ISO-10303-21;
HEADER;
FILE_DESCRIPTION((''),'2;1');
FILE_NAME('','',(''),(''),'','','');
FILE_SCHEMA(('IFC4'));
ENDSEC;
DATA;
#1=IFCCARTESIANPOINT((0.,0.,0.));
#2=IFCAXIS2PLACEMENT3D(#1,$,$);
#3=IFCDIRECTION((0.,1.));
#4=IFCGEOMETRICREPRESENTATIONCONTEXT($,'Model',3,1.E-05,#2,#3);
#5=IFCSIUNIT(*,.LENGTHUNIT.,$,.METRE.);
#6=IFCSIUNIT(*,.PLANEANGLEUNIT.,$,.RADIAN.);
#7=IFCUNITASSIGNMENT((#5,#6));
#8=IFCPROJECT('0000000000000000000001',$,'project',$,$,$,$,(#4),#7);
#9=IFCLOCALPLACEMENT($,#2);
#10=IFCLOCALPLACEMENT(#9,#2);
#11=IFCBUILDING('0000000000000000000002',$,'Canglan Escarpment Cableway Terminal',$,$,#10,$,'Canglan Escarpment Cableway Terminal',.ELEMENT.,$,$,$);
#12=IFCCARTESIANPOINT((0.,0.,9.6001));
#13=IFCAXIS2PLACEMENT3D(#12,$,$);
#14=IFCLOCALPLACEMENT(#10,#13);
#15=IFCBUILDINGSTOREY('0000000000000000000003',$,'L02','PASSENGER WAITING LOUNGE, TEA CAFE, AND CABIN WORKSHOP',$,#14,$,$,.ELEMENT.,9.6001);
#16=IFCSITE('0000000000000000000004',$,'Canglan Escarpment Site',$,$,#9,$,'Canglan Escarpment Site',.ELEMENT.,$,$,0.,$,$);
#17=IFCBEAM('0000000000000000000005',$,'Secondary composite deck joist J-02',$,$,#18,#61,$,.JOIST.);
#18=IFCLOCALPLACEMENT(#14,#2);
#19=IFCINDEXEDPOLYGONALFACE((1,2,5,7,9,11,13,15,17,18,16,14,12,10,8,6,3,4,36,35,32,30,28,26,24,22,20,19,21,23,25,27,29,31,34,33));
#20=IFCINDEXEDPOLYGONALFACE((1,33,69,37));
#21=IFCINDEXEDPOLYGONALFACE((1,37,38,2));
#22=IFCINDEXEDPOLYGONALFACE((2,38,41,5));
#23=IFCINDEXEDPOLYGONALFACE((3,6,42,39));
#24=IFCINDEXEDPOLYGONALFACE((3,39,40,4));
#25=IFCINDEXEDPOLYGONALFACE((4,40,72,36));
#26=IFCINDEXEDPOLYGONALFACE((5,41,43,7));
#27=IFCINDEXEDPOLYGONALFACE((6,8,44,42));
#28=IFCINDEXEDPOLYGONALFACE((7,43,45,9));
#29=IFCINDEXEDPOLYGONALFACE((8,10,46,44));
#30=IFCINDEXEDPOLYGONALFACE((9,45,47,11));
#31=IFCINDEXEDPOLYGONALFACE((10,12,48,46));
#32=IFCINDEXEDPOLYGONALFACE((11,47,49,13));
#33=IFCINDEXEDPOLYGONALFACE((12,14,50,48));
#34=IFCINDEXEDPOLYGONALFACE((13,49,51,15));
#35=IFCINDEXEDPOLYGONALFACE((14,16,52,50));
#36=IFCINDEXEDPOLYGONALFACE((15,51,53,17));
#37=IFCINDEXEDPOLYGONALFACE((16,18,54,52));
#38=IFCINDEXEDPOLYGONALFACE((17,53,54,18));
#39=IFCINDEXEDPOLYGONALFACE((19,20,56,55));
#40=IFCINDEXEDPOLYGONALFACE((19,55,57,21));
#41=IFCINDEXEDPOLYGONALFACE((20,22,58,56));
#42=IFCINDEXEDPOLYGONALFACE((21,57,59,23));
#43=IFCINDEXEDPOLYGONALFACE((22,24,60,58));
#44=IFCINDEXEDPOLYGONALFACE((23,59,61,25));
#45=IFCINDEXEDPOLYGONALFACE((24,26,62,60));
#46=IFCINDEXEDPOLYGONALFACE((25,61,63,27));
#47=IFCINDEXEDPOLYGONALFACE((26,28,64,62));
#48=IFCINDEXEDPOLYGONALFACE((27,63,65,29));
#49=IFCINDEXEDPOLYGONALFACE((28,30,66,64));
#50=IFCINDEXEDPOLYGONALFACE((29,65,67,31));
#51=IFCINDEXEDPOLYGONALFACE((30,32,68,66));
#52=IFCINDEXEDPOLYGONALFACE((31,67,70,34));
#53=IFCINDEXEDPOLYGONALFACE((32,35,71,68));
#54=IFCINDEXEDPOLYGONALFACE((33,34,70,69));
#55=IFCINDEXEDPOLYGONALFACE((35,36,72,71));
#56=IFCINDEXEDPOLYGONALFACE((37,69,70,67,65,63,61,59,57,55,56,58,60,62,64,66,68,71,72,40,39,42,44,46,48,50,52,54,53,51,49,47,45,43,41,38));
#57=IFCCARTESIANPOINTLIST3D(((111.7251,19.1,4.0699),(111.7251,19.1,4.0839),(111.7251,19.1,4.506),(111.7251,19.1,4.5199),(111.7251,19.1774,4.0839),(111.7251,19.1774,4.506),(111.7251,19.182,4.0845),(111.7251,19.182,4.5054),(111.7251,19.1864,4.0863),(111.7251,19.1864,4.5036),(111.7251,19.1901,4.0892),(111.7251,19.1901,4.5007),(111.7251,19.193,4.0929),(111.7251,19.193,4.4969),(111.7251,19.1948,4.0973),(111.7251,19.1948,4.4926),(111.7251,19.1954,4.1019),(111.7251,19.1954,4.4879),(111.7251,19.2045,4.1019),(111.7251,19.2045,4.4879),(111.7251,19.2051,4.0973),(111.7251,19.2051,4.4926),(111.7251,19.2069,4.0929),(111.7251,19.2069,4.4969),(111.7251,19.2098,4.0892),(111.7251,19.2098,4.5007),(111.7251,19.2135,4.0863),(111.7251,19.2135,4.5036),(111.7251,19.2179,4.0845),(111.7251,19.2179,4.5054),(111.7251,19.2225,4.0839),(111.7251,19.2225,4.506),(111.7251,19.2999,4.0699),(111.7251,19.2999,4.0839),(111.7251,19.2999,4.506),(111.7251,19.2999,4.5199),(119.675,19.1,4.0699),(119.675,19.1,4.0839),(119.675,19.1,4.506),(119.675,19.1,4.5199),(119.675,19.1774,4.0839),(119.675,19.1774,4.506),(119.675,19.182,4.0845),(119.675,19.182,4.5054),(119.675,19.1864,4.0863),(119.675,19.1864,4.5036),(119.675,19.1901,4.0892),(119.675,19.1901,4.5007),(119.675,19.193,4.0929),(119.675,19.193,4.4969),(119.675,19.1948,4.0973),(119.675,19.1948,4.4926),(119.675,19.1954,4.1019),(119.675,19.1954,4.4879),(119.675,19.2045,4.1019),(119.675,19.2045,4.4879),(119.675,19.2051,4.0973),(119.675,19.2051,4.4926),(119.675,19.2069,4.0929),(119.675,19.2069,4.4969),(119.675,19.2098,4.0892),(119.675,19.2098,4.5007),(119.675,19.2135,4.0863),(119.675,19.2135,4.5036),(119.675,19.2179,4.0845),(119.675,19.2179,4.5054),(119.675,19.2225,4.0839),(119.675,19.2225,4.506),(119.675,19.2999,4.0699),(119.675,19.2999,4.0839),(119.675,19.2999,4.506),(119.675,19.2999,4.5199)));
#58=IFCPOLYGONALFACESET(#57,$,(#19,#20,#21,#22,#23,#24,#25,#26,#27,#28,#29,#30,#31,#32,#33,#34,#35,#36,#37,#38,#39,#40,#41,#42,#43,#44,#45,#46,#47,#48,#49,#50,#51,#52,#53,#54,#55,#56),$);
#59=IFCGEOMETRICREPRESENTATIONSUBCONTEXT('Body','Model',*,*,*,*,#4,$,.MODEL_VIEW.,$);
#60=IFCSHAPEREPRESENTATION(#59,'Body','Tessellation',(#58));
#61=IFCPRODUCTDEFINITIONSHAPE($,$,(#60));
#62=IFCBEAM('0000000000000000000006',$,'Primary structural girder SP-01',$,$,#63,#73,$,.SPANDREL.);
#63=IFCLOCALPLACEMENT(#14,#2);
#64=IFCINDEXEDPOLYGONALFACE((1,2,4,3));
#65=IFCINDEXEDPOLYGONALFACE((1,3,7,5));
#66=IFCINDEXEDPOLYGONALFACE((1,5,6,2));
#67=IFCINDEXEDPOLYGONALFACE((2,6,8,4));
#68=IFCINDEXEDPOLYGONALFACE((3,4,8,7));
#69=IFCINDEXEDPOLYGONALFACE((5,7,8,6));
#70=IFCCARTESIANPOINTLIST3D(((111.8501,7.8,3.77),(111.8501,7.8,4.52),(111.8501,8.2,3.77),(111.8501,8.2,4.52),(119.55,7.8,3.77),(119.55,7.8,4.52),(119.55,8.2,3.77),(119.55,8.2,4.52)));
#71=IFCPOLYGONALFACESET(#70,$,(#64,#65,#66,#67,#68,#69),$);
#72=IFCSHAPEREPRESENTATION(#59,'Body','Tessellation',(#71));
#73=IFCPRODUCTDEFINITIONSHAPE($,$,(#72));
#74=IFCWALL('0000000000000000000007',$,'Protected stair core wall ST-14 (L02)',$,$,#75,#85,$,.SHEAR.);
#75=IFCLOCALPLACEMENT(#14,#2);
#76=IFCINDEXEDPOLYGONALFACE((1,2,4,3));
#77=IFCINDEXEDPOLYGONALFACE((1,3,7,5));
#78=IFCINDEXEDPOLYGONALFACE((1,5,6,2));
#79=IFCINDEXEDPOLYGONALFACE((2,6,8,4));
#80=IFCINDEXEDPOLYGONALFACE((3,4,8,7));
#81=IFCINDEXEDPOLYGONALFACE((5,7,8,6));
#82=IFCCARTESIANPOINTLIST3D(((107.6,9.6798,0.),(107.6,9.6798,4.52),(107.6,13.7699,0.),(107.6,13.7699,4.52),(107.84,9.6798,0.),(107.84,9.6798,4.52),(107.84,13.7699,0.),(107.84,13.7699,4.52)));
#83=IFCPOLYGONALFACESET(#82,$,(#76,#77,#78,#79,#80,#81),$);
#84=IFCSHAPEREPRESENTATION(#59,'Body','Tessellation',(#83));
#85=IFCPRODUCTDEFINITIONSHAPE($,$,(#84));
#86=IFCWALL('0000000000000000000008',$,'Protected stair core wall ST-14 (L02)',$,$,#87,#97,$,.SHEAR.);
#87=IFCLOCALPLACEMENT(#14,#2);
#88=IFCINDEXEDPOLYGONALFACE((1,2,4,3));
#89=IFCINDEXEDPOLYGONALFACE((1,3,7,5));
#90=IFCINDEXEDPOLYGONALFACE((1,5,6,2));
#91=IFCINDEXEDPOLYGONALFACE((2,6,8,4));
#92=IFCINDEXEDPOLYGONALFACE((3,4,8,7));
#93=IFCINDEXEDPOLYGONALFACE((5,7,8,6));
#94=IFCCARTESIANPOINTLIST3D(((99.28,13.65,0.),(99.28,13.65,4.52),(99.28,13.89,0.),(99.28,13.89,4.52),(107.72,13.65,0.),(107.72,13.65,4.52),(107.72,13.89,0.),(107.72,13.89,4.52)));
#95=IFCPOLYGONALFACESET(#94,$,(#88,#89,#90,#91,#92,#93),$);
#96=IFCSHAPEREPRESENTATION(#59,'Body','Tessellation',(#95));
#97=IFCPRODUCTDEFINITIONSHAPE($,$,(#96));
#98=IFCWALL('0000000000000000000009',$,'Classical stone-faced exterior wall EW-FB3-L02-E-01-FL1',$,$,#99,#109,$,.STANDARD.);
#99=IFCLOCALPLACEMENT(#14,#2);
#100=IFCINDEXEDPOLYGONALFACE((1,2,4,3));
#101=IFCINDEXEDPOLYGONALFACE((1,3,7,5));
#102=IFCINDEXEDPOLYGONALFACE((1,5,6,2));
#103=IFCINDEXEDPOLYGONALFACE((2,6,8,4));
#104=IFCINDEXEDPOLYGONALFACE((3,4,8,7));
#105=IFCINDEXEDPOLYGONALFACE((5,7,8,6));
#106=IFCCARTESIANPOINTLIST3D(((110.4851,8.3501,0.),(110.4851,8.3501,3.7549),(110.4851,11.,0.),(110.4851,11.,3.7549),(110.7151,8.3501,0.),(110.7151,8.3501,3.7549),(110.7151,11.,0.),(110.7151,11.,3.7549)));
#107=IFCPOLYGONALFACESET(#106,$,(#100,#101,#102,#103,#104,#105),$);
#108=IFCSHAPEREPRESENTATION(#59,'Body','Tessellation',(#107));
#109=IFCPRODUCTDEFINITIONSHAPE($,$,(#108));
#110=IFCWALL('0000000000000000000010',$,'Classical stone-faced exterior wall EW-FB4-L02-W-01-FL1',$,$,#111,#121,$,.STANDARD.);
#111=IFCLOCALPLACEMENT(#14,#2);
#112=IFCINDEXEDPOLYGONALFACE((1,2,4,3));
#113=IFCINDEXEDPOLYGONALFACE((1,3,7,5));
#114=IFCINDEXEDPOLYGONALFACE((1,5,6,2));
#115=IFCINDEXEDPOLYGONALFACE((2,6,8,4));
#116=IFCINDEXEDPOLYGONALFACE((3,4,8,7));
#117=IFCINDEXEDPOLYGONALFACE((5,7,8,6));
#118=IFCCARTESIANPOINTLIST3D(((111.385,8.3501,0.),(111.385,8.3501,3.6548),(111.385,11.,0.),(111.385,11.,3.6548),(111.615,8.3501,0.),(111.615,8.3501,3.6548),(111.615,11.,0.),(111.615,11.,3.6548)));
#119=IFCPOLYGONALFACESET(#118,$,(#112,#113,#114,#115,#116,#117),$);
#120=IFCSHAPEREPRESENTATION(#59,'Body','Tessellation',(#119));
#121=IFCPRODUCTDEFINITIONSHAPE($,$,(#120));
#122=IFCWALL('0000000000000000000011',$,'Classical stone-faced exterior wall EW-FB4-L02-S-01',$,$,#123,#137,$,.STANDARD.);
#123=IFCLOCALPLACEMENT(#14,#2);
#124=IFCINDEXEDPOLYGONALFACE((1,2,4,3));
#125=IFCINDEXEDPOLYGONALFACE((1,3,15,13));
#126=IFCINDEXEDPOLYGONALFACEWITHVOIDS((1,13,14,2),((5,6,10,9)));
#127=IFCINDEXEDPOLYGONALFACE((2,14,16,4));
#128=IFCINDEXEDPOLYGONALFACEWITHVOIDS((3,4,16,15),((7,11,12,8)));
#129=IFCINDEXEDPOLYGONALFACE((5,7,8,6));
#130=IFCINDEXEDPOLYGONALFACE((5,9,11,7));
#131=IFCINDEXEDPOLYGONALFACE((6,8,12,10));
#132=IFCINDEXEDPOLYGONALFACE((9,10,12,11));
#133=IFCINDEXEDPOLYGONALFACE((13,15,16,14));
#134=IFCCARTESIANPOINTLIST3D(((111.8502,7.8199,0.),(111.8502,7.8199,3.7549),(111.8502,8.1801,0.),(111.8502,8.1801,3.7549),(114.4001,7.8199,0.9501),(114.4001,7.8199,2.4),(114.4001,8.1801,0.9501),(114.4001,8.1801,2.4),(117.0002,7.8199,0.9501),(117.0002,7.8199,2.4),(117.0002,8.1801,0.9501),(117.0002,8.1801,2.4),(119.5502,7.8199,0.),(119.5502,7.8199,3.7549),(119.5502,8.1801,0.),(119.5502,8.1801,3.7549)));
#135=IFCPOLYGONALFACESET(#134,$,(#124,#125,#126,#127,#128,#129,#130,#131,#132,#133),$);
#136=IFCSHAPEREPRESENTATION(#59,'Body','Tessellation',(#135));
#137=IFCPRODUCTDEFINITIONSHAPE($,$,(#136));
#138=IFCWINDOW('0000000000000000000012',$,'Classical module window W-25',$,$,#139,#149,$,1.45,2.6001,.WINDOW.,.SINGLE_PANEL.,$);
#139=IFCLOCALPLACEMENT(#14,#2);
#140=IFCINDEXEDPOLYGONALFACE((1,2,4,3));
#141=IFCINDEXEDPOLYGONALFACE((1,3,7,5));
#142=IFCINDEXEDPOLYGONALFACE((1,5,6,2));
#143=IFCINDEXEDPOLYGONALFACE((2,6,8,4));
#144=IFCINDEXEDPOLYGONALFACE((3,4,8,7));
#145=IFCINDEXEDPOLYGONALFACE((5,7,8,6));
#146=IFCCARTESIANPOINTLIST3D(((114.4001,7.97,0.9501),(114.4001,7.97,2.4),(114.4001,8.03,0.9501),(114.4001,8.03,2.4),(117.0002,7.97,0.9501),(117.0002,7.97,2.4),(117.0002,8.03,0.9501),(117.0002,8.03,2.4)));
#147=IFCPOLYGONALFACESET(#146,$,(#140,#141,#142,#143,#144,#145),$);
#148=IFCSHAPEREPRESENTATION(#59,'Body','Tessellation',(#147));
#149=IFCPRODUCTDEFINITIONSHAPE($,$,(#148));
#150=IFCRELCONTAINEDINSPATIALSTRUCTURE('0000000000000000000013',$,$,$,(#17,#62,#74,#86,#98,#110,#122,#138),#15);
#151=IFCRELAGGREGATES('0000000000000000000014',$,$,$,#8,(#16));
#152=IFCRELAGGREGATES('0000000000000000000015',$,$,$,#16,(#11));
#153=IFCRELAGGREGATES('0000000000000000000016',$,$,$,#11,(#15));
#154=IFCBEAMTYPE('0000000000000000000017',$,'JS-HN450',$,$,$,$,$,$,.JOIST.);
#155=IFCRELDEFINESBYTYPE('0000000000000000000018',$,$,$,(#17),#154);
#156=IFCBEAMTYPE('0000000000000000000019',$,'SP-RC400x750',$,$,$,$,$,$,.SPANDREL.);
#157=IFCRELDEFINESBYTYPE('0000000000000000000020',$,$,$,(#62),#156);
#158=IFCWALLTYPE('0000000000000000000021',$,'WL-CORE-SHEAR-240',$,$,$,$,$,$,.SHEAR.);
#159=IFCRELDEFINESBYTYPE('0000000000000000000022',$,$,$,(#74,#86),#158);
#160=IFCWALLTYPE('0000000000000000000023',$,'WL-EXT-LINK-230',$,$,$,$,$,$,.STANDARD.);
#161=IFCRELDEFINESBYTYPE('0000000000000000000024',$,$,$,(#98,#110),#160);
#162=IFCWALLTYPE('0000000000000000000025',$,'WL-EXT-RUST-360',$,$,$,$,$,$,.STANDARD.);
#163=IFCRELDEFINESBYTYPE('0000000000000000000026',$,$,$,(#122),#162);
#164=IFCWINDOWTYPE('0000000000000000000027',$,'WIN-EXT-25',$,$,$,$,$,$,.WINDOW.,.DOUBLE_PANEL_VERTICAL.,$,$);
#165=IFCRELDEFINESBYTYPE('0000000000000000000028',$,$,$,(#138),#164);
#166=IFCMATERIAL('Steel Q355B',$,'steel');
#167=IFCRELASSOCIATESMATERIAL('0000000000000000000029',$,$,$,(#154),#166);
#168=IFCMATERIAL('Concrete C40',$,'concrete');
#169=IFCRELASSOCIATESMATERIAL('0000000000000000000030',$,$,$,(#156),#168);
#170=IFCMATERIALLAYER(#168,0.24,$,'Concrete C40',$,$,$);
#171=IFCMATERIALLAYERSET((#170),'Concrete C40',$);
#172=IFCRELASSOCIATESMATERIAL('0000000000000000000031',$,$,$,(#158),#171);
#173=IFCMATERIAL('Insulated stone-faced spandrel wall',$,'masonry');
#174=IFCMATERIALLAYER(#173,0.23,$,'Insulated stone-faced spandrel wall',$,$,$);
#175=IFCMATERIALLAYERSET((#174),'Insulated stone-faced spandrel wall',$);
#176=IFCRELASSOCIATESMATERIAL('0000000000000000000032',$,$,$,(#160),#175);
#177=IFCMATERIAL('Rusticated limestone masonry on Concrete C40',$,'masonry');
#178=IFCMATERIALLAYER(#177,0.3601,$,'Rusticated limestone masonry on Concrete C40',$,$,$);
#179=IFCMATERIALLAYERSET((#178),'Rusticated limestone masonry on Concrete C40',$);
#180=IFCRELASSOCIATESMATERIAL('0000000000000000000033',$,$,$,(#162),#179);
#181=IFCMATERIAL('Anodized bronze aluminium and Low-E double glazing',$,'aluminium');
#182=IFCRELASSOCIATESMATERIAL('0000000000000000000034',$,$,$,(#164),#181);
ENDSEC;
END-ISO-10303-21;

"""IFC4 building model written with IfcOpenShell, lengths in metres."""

from ifc_helpers import new_model, si_unit, direction, frame, frame_2d, origin, origin_2d, place, context, subcontext, project, spatial, rectangle, i_section, extrude, material, layer, layer_set, material_profile, profile_set, type_object, element, fill, save


model = new_model("IFC4")

# Units and contexts
model_context = context("Model", 3, precision=1e-05, world=origin(), true_north=direction((0.0, 1.0)))
body_context = subcontext(model_context, "Body", "Model", "MODEL_VIEW")
ifc_project = project(units=[si_unit("LENGTHUNIT", "METRE"), si_unit("PLANEANGLEUNIT", "RADIAN")], contexts=[model_context])

# Site, building, storey
site_placement = place(None, origin())
site = spatial("IfcSite", under=ifc_project, at=site_placement, Name="Canglan Escarpment Site", LongName="Canglan Escarpment Site", CompositionType="ELEMENT", RefElevation=0.0)
building_placement = place(site_placement, origin())
building = spatial("IfcBuilding", under=site, at=building_placement, Name="Canglan Escarpment Cableway Terminal", LongName="Canglan Escarpment Cableway Terminal", CompositionType="ELEMENT")
storey_placement = place(building_placement, frame((0.0, 0.0, 9.6001)))
storey = spatial("IfcBuildingStorey", under=building, at=storey_placement, Name="L02", Description="PASSENGER WAITING LOUNGE, TEA CAFE, AND CABIN WORKSHOP", CompositionType="ELEMENT", Elevation=9.6001)

# Shared definitions
ifc_material_1 = material(Name="Concrete C40", Category="concrete")

# Beams
ifc_material_2 = material(Name="Steel Q355B", Category="steel")
ifc_material_profile_1 = material_profile(ifc_material_2, i_section(OverallWidth=0.2, OverallDepth=0.45, WebThickness=0.009, FlangeThickness=0.0139, FilletRadius=0.0181, at=origin_2d()), Name="HN 450x200x9x14")
ifc_profile_set_1 = profile_set([ifc_material_profile_1], Name="Steel Q355B")
beam_type_1 = type_object("IfcBeamType", Name="JS-HN450", PredefinedType="JOIST", material=ifc_profile_set_1)
for number, where, z_axis, x_axis, name in (
    (1, (111.7251, 19.2, 4.2949), (1.0, 0.0, 0.0), (0.0, 1.0, 0.0), "Secondary composite deck joist J-02"),
):
    element("IfcBeam", number, at=place(storey_placement, frame(where, z_axis=z_axis, x_axis=x_axis)), inside=storey, type_object=beam_type_1, Name=name, PredefinedType="JOIST", context=body_context, shape_type="SweptSolid", body=[
        extrude(i_section(OverallWidth=0.2, OverallDepth=0.45, WebThickness=0.009, FlangeThickness=0.0139, FilletRadius=0.0181, at=origin_2d()), origin(), (0.0, 0.0, 1.0), 7.95),
    ])
ifc_material_profile_2 = material_profile(ifc_material_1, rectangle(XDim=0.3999, YDim=0.75, at=origin_2d()), Name="RC 400x750")
ifc_profile_set_2 = profile_set([ifc_material_profile_2], Name="Concrete C40")
beam_type_2 = type_object("IfcBeamType", Name="SP-RC400x750", PredefinedType="SPANDREL", material=ifc_profile_set_2)
beam_1_placement = place(storey_placement, frame((111.8501, 8.0, 4.145), z_axis=(1.0, 0.0, 0.0), x_axis=(0.0, 1.0, 0.0)))
element("IfcBeam", 2, at=beam_1_placement, inside=storey, type_object=beam_type_2, Name="Primary structural girder SP-01", PredefinedType="SPANDREL", context=body_context, shape_type="SweptSolid", body=[
    extrude(rectangle(XDim=0.3999, YDim=0.75, at=origin_2d()), origin(), (0.0, 0.0, 1.0), 7.7),
])

# Walls
ifc_layer_1 = layer(ifc_material_1, 0.24, Name="Concrete C40")
ifc_layer_set_1 = layer_set([ifc_layer_1], Name="Concrete C40")
wall_type_1 = type_object("IfcWallType", Name="WL-CORE-SHEAR-240", PredefinedType="SHEAR", material=ifc_layer_set_1)
wall_1_placement = place(storey_placement, frame((107.72, 9.6799, 0.0), z_axis=(0.0, 0.0, 1.0), x_axis=(0.0, 1.0, 0.0)))
element("IfcWall", 3, at=wall_1_placement, inside=storey, type_object=wall_type_1, Name="Protected stair core wall ST-14 (L02)", PredefinedType="SHEAR", context=body_context, shape_type="SweptSolid", body=[
    extrude(rectangle(XDim=4.0901, YDim=0.24, at=frame_2d((2.0449, 0.0))), origin(), (0.0, 0.0, 1.0), 4.52),
])
wall_2_placement = place(storey_placement, frame((107.72, 13.77, 0.0), z_axis=(0.0, 0.0, 1.0), x_axis=(-1.0, 0.0, 0.0)))
element("IfcWall", 4, at=wall_2_placement, inside=storey, type_object=wall_type_1, Name="Protected stair core wall ST-14 (L02)", PredefinedType="SHEAR", context=body_context, shape_type="SweptSolid", body=[
    extrude(rectangle(XDim=8.4399, YDim=0.24, at=frame_2d((4.22, 0.0))), origin(), (0.0, 0.0, 1.0), 4.52),
])
ifc_material_3 = material(Name="Insulated stone-faced spandrel wall", Category="masonry")
ifc_layer_2 = layer(ifc_material_3, 0.23, Name="Insulated stone-faced spandrel wall")
ifc_layer_set_2 = layer_set([ifc_layer_2], Name="Insulated stone-faced spandrel wall")
wall_type_2 = type_object("IfcWallType", Name="WL-EXT-LINK-230", PredefinedType="STANDARD", material=ifc_layer_set_2)
wall_3_placement = place(storey_placement, frame((110.6001, 8.3501, 0.0), z_axis=(0.0, 0.0, 1.0), x_axis=(0.0, 1.0, 0.0)))
element("IfcWall", 5, at=wall_3_placement, inside=storey, type_object=wall_type_2, Name="Classical stone-faced exterior wall EW-FB3-L02-E-01-FL1", PredefinedType="STANDARD", context=body_context, shape_type="SweptSolid", body=[
    extrude(rectangle(XDim=2.6499, YDim=0.23, at=frame_2d((1.325, 0.0))), origin(), (0.0, 0.0, 1.0), 3.7549),
])
wall_4_placement = place(storey_placement, frame((111.5, 8.3501, 0.0), z_axis=(0.0, 0.0, 1.0), x_axis=(0.0, 1.0, 0.0)))
element("IfcWall", 6, at=wall_4_placement, inside=storey, type_object=wall_type_2, Name="Classical stone-faced exterior wall EW-FB4-L02-W-01-FL1", PredefinedType="STANDARD", context=body_context, shape_type="SweptSolid", body=[
    extrude(rectangle(XDim=2.6499, YDim=0.23, at=frame_2d((1.325, 0.0))), origin(), (0.0, 0.0, 1.0), 3.6548),
])

# Wall, opening, window
ifc_material_4 = material(Name="Rusticated limestone masonry on Concrete C40", Category="masonry")
ifc_layer_3 = layer(ifc_material_4, 0.3601, Name="Rusticated limestone masonry on Concrete C40")
ifc_layer_set_3 = layer_set([ifc_layer_3], Name="Rusticated limestone masonry on Concrete C40")
wall_type_3 = type_object("IfcWallType", Name="WL-EXT-RUST-360", PredefinedType="STANDARD", material=ifc_layer_set_3)
wall_5_placement = place(storey_placement, frame((111.8501, 8.0, 0.0), z_axis=(0.0, 0.0, 1.0), x_axis=(1.0, 0.0, 0.0)))
wall_5 = element("IfcWall", 7, at=wall_5_placement, inside=storey, type_object=wall_type_3, Name="Classical stone-faced exterior wall EW-FB4-L02-S-01", PredefinedType="STANDARD", context=body_context, shape_type="SweptSolid", body=[
    extrude(rectangle(XDim=7.7, YDim=0.3601, at=frame_2d((3.8501, 0.0))), origin(), (0.0, 0.0, 1.0), 3.7549),
])
opening_1_placement = place(wall_5_placement, frame((2.55, 0.0, 0.95)))
opening_1 = element("IfcOpeningElement", 8, at=opening_1_placement, cuts=wall_5, PredefinedType="OPENING", context=body_context, shape_type="SweptSolid", body=[
    extrude(rectangle(XDim=2.6001, YDim=1.45, at=frame_2d((1.3, 0.7251))), frame((0.0, 0.1899, 0.0), z_axis=(0.0, -1.0, 0.0), x_axis=(1.0, 0.0, 0.0)), (0.0, 0.0, 1.0), 0.3801),
])
ifc_material_5 = material(Name="Anodized bronze aluminium and Low-E double glazing", Category="aluminium")
window_type = type_object("IfcWindowType", Name="WIN-EXT-25", PartitioningType="DOUBLE_PANEL_VERTICAL", PredefinedType="WINDOW", material=ifc_material_5)
window_placement = place(opening_1_placement, origin())
window = element("IfcWindow", 9, at=window_placement, inside=storey, type_object=window_type, Name="Classical module window W-25", OverallHeight=1.45, OverallWidth=2.6001, PartitioningType="SINGLE_PANEL", PredefinedType="WINDOW", context=body_context, shape_type="SweptSolid", body=[
    extrude(rectangle(XDim=2.6001, YDim=1.45, at=frame_2d((1.3, 0.7251))), frame((0.0, 0.03, 0.0), z_axis=(0.0, -1.0, 0.0), x_axis=(1.0, 0.0, 0.0)), (0.0, 0.0, 1.0), 0.0601),
])
fill(opening_1, window)

save(model, "model.ifc")
